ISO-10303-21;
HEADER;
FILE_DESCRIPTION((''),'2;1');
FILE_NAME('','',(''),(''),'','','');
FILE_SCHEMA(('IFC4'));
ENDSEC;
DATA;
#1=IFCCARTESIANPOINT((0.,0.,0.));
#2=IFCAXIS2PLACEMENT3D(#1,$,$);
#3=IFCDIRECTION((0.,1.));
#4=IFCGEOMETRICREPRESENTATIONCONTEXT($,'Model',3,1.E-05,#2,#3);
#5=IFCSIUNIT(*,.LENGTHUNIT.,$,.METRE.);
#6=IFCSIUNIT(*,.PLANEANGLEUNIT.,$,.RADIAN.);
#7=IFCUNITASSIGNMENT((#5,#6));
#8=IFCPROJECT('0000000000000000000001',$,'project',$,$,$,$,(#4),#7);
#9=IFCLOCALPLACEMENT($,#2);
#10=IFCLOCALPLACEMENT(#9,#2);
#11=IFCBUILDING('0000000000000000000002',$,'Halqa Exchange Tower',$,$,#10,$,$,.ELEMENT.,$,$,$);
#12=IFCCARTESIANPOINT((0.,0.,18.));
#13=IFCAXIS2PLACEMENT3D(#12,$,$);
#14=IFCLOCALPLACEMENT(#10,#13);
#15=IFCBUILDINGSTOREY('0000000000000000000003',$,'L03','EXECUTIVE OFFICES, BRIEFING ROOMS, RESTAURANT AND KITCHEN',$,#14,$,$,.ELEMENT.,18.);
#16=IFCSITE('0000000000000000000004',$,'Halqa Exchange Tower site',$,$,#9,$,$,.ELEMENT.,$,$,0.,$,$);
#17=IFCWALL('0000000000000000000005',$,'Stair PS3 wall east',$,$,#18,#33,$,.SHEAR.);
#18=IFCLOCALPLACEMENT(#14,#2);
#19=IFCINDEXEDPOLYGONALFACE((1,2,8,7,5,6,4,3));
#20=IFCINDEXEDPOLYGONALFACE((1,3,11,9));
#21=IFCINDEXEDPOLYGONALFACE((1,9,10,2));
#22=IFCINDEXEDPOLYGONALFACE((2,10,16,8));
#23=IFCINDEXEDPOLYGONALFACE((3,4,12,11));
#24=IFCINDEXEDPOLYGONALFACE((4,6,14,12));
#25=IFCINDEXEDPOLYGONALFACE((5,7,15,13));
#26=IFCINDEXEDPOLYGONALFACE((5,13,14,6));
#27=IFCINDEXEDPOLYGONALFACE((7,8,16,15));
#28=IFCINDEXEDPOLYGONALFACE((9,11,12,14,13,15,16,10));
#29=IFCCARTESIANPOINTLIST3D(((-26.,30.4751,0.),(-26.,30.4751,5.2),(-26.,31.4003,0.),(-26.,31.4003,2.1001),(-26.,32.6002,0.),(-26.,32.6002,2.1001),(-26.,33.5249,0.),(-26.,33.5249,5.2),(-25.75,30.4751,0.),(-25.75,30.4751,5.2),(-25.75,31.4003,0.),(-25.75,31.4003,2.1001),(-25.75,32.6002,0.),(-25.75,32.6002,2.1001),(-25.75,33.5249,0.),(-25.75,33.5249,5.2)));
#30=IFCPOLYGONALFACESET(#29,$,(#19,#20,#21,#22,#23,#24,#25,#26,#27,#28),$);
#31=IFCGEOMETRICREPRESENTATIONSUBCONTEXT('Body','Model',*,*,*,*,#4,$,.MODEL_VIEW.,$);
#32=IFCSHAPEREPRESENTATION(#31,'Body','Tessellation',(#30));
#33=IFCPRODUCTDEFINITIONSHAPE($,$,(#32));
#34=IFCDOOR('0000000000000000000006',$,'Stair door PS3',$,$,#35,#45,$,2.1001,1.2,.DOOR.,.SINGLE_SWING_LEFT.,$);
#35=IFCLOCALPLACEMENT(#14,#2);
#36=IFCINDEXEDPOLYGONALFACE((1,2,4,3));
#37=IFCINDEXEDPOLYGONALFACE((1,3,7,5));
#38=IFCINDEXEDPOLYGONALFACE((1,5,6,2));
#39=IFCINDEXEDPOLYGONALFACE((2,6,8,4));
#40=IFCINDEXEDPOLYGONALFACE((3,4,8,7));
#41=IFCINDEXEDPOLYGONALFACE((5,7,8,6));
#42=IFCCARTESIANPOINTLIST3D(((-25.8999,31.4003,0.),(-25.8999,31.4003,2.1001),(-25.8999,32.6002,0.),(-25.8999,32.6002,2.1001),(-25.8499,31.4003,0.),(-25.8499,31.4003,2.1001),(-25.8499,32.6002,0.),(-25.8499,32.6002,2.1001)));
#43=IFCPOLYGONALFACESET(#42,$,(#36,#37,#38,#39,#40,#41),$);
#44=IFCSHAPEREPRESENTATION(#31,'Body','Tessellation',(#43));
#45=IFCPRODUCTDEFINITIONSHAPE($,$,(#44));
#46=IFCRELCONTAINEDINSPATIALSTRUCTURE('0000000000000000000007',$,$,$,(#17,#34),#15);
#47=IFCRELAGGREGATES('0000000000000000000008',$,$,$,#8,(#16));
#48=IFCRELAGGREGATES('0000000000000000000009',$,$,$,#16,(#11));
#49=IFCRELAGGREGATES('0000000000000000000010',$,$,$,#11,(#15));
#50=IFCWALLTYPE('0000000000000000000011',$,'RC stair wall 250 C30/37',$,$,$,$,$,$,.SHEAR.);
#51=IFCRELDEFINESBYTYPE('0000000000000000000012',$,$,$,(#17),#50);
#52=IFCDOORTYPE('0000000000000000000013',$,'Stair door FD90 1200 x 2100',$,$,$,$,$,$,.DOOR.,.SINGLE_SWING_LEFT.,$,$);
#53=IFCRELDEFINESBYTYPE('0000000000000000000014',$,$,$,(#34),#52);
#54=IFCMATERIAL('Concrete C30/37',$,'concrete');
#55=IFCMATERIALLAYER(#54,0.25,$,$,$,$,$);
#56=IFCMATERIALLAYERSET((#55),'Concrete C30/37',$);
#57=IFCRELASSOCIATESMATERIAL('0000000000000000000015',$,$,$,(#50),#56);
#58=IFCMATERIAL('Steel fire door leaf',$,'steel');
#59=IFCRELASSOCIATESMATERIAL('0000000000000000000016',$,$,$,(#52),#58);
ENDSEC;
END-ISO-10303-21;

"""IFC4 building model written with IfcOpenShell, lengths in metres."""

from ifc_helpers import new_model, si_unit, direction, frame, frame_2d, origin, place, context, subcontext, project, spatial, rectangle, extrude, material, layer, layer_set, type_object, element, fill, save


model = new_model("IFC4")

# Units and contexts
model_context = context("Model", 3, precision=1e-05, world=origin(), true_north=direction((0.0, 1.0)))
body_context = subcontext(model_context, "Body", "Model", "MODEL_VIEW")
ifc_project = project(units=[si_unit("LENGTHUNIT", "METRE"), si_unit("PLANEANGLEUNIT", "RADIAN")], contexts=[model_context])

# Site, building, storey
site_placement = place(None, origin())
site = spatial("IfcSite", under=ifc_project, at=site_placement, Name="Halqa Exchange Tower site", CompositionType="ELEMENT", RefElevation=0.0)
building_placement = place(site_placement, origin())
building = spatial("IfcBuilding", under=site, at=building_placement, Name="Halqa Exchange Tower", CompositionType="ELEMENT")
storey_placement = place(building_placement, frame((0.0, 0.0, 18.0)))
storey = spatial("IfcBuildingStorey", under=building, at=storey_placement, Name="L03", Description="EXECUTIVE OFFICES, BRIEFING ROOMS, RESTAURANT AND KITCHEN", CompositionType="ELEMENT", Elevation=18.0)

# Shared definitions
ifc_material_1 = material(Name="Steel fire door leaf", Category="steel")

# Wall, opening, door
ifc_material_2 = material(Name="Concrete C30/37", Category="concrete")
ifc_layer_1 = layer(ifc_material_2, 0.25)
ifc_layer_set_1 = layer_set([ifc_layer_1], Name="Concrete C30/37")
wall_type_1 = type_object("IfcWallType", Name="RC stair wall 250 C30/37", PredefinedType="SHEAR", material=ifc_layer_set_1)
wall_1_placement = place(storey_placement, frame((-25.875, 30.4751, 0.0), z_axis=(0.0, 0.0, 1.0), x_axis=(0.0, 1.0, 0.0)))
wall_1 = element("IfcWall", 1, at=wall_1_placement, inside=storey, type_object=wall_type_1, Name="Stair PS3 wall east", PredefinedType="SHEAR", context=body_context, shape_type="SweptSolid", body=[
    extrude(rectangle(XDim=3.0498, YDim=0.25, at=frame_2d((1.5249, 0.0))), origin(), (0.0, 0.0, 1.0), 5.2),
])
opening_1_placement = place(wall_1_placement, frame((0.925, 0.0, 0.0)))
opening_1 = element("IfcOpeningElement", 2, at=opening_1_placement, cuts=wall_1, PredefinedType="OPENING", context=body_context, shape_type="SweptSolid", body=[
    extrude(rectangle(XDim=1.2, YDim=2.1001, at=frame_2d((0.6001, 1.05))), frame((0.0, 0.137, 0.0), z_axis=(0.0, -1.0, 0.0), x_axis=(1.0, 0.0, 0.0)), (0.0, 0.0, 1.0), 0.2739),
])
door_type_1 = type_object("IfcDoorType", Name="Stair door FD90 1200 x 2100", OperationType="SINGLE_SWING_LEFT", PredefinedType="DOOR", material=ifc_material_1)
door_1_placement = place(opening_1_placement, origin())
door_1 = element("IfcDoor", 3, at=door_1_placement, inside=storey, type_object=door_type_1, Name="Stair door PS3", OperationType="SINGLE_SWING_LEFT", OverallHeight=2.1001, OverallWidth=1.2, PredefinedType="DOOR", context=body_context, shape_type="SweptSolid", body=[
    extrude(rectangle(XDim=1.2, YDim=2.1001, at=frame_2d((0.6001, 1.05))), frame((0.0, 0.0249, 0.0), z_axis=(0.0, -1.0, 0.0), x_axis=(1.0, 0.0, 0.0)), (0.0, 0.0, 1.0), 0.05),
])
fill(opening_1, door_1)

save(model, "model.ifc")
